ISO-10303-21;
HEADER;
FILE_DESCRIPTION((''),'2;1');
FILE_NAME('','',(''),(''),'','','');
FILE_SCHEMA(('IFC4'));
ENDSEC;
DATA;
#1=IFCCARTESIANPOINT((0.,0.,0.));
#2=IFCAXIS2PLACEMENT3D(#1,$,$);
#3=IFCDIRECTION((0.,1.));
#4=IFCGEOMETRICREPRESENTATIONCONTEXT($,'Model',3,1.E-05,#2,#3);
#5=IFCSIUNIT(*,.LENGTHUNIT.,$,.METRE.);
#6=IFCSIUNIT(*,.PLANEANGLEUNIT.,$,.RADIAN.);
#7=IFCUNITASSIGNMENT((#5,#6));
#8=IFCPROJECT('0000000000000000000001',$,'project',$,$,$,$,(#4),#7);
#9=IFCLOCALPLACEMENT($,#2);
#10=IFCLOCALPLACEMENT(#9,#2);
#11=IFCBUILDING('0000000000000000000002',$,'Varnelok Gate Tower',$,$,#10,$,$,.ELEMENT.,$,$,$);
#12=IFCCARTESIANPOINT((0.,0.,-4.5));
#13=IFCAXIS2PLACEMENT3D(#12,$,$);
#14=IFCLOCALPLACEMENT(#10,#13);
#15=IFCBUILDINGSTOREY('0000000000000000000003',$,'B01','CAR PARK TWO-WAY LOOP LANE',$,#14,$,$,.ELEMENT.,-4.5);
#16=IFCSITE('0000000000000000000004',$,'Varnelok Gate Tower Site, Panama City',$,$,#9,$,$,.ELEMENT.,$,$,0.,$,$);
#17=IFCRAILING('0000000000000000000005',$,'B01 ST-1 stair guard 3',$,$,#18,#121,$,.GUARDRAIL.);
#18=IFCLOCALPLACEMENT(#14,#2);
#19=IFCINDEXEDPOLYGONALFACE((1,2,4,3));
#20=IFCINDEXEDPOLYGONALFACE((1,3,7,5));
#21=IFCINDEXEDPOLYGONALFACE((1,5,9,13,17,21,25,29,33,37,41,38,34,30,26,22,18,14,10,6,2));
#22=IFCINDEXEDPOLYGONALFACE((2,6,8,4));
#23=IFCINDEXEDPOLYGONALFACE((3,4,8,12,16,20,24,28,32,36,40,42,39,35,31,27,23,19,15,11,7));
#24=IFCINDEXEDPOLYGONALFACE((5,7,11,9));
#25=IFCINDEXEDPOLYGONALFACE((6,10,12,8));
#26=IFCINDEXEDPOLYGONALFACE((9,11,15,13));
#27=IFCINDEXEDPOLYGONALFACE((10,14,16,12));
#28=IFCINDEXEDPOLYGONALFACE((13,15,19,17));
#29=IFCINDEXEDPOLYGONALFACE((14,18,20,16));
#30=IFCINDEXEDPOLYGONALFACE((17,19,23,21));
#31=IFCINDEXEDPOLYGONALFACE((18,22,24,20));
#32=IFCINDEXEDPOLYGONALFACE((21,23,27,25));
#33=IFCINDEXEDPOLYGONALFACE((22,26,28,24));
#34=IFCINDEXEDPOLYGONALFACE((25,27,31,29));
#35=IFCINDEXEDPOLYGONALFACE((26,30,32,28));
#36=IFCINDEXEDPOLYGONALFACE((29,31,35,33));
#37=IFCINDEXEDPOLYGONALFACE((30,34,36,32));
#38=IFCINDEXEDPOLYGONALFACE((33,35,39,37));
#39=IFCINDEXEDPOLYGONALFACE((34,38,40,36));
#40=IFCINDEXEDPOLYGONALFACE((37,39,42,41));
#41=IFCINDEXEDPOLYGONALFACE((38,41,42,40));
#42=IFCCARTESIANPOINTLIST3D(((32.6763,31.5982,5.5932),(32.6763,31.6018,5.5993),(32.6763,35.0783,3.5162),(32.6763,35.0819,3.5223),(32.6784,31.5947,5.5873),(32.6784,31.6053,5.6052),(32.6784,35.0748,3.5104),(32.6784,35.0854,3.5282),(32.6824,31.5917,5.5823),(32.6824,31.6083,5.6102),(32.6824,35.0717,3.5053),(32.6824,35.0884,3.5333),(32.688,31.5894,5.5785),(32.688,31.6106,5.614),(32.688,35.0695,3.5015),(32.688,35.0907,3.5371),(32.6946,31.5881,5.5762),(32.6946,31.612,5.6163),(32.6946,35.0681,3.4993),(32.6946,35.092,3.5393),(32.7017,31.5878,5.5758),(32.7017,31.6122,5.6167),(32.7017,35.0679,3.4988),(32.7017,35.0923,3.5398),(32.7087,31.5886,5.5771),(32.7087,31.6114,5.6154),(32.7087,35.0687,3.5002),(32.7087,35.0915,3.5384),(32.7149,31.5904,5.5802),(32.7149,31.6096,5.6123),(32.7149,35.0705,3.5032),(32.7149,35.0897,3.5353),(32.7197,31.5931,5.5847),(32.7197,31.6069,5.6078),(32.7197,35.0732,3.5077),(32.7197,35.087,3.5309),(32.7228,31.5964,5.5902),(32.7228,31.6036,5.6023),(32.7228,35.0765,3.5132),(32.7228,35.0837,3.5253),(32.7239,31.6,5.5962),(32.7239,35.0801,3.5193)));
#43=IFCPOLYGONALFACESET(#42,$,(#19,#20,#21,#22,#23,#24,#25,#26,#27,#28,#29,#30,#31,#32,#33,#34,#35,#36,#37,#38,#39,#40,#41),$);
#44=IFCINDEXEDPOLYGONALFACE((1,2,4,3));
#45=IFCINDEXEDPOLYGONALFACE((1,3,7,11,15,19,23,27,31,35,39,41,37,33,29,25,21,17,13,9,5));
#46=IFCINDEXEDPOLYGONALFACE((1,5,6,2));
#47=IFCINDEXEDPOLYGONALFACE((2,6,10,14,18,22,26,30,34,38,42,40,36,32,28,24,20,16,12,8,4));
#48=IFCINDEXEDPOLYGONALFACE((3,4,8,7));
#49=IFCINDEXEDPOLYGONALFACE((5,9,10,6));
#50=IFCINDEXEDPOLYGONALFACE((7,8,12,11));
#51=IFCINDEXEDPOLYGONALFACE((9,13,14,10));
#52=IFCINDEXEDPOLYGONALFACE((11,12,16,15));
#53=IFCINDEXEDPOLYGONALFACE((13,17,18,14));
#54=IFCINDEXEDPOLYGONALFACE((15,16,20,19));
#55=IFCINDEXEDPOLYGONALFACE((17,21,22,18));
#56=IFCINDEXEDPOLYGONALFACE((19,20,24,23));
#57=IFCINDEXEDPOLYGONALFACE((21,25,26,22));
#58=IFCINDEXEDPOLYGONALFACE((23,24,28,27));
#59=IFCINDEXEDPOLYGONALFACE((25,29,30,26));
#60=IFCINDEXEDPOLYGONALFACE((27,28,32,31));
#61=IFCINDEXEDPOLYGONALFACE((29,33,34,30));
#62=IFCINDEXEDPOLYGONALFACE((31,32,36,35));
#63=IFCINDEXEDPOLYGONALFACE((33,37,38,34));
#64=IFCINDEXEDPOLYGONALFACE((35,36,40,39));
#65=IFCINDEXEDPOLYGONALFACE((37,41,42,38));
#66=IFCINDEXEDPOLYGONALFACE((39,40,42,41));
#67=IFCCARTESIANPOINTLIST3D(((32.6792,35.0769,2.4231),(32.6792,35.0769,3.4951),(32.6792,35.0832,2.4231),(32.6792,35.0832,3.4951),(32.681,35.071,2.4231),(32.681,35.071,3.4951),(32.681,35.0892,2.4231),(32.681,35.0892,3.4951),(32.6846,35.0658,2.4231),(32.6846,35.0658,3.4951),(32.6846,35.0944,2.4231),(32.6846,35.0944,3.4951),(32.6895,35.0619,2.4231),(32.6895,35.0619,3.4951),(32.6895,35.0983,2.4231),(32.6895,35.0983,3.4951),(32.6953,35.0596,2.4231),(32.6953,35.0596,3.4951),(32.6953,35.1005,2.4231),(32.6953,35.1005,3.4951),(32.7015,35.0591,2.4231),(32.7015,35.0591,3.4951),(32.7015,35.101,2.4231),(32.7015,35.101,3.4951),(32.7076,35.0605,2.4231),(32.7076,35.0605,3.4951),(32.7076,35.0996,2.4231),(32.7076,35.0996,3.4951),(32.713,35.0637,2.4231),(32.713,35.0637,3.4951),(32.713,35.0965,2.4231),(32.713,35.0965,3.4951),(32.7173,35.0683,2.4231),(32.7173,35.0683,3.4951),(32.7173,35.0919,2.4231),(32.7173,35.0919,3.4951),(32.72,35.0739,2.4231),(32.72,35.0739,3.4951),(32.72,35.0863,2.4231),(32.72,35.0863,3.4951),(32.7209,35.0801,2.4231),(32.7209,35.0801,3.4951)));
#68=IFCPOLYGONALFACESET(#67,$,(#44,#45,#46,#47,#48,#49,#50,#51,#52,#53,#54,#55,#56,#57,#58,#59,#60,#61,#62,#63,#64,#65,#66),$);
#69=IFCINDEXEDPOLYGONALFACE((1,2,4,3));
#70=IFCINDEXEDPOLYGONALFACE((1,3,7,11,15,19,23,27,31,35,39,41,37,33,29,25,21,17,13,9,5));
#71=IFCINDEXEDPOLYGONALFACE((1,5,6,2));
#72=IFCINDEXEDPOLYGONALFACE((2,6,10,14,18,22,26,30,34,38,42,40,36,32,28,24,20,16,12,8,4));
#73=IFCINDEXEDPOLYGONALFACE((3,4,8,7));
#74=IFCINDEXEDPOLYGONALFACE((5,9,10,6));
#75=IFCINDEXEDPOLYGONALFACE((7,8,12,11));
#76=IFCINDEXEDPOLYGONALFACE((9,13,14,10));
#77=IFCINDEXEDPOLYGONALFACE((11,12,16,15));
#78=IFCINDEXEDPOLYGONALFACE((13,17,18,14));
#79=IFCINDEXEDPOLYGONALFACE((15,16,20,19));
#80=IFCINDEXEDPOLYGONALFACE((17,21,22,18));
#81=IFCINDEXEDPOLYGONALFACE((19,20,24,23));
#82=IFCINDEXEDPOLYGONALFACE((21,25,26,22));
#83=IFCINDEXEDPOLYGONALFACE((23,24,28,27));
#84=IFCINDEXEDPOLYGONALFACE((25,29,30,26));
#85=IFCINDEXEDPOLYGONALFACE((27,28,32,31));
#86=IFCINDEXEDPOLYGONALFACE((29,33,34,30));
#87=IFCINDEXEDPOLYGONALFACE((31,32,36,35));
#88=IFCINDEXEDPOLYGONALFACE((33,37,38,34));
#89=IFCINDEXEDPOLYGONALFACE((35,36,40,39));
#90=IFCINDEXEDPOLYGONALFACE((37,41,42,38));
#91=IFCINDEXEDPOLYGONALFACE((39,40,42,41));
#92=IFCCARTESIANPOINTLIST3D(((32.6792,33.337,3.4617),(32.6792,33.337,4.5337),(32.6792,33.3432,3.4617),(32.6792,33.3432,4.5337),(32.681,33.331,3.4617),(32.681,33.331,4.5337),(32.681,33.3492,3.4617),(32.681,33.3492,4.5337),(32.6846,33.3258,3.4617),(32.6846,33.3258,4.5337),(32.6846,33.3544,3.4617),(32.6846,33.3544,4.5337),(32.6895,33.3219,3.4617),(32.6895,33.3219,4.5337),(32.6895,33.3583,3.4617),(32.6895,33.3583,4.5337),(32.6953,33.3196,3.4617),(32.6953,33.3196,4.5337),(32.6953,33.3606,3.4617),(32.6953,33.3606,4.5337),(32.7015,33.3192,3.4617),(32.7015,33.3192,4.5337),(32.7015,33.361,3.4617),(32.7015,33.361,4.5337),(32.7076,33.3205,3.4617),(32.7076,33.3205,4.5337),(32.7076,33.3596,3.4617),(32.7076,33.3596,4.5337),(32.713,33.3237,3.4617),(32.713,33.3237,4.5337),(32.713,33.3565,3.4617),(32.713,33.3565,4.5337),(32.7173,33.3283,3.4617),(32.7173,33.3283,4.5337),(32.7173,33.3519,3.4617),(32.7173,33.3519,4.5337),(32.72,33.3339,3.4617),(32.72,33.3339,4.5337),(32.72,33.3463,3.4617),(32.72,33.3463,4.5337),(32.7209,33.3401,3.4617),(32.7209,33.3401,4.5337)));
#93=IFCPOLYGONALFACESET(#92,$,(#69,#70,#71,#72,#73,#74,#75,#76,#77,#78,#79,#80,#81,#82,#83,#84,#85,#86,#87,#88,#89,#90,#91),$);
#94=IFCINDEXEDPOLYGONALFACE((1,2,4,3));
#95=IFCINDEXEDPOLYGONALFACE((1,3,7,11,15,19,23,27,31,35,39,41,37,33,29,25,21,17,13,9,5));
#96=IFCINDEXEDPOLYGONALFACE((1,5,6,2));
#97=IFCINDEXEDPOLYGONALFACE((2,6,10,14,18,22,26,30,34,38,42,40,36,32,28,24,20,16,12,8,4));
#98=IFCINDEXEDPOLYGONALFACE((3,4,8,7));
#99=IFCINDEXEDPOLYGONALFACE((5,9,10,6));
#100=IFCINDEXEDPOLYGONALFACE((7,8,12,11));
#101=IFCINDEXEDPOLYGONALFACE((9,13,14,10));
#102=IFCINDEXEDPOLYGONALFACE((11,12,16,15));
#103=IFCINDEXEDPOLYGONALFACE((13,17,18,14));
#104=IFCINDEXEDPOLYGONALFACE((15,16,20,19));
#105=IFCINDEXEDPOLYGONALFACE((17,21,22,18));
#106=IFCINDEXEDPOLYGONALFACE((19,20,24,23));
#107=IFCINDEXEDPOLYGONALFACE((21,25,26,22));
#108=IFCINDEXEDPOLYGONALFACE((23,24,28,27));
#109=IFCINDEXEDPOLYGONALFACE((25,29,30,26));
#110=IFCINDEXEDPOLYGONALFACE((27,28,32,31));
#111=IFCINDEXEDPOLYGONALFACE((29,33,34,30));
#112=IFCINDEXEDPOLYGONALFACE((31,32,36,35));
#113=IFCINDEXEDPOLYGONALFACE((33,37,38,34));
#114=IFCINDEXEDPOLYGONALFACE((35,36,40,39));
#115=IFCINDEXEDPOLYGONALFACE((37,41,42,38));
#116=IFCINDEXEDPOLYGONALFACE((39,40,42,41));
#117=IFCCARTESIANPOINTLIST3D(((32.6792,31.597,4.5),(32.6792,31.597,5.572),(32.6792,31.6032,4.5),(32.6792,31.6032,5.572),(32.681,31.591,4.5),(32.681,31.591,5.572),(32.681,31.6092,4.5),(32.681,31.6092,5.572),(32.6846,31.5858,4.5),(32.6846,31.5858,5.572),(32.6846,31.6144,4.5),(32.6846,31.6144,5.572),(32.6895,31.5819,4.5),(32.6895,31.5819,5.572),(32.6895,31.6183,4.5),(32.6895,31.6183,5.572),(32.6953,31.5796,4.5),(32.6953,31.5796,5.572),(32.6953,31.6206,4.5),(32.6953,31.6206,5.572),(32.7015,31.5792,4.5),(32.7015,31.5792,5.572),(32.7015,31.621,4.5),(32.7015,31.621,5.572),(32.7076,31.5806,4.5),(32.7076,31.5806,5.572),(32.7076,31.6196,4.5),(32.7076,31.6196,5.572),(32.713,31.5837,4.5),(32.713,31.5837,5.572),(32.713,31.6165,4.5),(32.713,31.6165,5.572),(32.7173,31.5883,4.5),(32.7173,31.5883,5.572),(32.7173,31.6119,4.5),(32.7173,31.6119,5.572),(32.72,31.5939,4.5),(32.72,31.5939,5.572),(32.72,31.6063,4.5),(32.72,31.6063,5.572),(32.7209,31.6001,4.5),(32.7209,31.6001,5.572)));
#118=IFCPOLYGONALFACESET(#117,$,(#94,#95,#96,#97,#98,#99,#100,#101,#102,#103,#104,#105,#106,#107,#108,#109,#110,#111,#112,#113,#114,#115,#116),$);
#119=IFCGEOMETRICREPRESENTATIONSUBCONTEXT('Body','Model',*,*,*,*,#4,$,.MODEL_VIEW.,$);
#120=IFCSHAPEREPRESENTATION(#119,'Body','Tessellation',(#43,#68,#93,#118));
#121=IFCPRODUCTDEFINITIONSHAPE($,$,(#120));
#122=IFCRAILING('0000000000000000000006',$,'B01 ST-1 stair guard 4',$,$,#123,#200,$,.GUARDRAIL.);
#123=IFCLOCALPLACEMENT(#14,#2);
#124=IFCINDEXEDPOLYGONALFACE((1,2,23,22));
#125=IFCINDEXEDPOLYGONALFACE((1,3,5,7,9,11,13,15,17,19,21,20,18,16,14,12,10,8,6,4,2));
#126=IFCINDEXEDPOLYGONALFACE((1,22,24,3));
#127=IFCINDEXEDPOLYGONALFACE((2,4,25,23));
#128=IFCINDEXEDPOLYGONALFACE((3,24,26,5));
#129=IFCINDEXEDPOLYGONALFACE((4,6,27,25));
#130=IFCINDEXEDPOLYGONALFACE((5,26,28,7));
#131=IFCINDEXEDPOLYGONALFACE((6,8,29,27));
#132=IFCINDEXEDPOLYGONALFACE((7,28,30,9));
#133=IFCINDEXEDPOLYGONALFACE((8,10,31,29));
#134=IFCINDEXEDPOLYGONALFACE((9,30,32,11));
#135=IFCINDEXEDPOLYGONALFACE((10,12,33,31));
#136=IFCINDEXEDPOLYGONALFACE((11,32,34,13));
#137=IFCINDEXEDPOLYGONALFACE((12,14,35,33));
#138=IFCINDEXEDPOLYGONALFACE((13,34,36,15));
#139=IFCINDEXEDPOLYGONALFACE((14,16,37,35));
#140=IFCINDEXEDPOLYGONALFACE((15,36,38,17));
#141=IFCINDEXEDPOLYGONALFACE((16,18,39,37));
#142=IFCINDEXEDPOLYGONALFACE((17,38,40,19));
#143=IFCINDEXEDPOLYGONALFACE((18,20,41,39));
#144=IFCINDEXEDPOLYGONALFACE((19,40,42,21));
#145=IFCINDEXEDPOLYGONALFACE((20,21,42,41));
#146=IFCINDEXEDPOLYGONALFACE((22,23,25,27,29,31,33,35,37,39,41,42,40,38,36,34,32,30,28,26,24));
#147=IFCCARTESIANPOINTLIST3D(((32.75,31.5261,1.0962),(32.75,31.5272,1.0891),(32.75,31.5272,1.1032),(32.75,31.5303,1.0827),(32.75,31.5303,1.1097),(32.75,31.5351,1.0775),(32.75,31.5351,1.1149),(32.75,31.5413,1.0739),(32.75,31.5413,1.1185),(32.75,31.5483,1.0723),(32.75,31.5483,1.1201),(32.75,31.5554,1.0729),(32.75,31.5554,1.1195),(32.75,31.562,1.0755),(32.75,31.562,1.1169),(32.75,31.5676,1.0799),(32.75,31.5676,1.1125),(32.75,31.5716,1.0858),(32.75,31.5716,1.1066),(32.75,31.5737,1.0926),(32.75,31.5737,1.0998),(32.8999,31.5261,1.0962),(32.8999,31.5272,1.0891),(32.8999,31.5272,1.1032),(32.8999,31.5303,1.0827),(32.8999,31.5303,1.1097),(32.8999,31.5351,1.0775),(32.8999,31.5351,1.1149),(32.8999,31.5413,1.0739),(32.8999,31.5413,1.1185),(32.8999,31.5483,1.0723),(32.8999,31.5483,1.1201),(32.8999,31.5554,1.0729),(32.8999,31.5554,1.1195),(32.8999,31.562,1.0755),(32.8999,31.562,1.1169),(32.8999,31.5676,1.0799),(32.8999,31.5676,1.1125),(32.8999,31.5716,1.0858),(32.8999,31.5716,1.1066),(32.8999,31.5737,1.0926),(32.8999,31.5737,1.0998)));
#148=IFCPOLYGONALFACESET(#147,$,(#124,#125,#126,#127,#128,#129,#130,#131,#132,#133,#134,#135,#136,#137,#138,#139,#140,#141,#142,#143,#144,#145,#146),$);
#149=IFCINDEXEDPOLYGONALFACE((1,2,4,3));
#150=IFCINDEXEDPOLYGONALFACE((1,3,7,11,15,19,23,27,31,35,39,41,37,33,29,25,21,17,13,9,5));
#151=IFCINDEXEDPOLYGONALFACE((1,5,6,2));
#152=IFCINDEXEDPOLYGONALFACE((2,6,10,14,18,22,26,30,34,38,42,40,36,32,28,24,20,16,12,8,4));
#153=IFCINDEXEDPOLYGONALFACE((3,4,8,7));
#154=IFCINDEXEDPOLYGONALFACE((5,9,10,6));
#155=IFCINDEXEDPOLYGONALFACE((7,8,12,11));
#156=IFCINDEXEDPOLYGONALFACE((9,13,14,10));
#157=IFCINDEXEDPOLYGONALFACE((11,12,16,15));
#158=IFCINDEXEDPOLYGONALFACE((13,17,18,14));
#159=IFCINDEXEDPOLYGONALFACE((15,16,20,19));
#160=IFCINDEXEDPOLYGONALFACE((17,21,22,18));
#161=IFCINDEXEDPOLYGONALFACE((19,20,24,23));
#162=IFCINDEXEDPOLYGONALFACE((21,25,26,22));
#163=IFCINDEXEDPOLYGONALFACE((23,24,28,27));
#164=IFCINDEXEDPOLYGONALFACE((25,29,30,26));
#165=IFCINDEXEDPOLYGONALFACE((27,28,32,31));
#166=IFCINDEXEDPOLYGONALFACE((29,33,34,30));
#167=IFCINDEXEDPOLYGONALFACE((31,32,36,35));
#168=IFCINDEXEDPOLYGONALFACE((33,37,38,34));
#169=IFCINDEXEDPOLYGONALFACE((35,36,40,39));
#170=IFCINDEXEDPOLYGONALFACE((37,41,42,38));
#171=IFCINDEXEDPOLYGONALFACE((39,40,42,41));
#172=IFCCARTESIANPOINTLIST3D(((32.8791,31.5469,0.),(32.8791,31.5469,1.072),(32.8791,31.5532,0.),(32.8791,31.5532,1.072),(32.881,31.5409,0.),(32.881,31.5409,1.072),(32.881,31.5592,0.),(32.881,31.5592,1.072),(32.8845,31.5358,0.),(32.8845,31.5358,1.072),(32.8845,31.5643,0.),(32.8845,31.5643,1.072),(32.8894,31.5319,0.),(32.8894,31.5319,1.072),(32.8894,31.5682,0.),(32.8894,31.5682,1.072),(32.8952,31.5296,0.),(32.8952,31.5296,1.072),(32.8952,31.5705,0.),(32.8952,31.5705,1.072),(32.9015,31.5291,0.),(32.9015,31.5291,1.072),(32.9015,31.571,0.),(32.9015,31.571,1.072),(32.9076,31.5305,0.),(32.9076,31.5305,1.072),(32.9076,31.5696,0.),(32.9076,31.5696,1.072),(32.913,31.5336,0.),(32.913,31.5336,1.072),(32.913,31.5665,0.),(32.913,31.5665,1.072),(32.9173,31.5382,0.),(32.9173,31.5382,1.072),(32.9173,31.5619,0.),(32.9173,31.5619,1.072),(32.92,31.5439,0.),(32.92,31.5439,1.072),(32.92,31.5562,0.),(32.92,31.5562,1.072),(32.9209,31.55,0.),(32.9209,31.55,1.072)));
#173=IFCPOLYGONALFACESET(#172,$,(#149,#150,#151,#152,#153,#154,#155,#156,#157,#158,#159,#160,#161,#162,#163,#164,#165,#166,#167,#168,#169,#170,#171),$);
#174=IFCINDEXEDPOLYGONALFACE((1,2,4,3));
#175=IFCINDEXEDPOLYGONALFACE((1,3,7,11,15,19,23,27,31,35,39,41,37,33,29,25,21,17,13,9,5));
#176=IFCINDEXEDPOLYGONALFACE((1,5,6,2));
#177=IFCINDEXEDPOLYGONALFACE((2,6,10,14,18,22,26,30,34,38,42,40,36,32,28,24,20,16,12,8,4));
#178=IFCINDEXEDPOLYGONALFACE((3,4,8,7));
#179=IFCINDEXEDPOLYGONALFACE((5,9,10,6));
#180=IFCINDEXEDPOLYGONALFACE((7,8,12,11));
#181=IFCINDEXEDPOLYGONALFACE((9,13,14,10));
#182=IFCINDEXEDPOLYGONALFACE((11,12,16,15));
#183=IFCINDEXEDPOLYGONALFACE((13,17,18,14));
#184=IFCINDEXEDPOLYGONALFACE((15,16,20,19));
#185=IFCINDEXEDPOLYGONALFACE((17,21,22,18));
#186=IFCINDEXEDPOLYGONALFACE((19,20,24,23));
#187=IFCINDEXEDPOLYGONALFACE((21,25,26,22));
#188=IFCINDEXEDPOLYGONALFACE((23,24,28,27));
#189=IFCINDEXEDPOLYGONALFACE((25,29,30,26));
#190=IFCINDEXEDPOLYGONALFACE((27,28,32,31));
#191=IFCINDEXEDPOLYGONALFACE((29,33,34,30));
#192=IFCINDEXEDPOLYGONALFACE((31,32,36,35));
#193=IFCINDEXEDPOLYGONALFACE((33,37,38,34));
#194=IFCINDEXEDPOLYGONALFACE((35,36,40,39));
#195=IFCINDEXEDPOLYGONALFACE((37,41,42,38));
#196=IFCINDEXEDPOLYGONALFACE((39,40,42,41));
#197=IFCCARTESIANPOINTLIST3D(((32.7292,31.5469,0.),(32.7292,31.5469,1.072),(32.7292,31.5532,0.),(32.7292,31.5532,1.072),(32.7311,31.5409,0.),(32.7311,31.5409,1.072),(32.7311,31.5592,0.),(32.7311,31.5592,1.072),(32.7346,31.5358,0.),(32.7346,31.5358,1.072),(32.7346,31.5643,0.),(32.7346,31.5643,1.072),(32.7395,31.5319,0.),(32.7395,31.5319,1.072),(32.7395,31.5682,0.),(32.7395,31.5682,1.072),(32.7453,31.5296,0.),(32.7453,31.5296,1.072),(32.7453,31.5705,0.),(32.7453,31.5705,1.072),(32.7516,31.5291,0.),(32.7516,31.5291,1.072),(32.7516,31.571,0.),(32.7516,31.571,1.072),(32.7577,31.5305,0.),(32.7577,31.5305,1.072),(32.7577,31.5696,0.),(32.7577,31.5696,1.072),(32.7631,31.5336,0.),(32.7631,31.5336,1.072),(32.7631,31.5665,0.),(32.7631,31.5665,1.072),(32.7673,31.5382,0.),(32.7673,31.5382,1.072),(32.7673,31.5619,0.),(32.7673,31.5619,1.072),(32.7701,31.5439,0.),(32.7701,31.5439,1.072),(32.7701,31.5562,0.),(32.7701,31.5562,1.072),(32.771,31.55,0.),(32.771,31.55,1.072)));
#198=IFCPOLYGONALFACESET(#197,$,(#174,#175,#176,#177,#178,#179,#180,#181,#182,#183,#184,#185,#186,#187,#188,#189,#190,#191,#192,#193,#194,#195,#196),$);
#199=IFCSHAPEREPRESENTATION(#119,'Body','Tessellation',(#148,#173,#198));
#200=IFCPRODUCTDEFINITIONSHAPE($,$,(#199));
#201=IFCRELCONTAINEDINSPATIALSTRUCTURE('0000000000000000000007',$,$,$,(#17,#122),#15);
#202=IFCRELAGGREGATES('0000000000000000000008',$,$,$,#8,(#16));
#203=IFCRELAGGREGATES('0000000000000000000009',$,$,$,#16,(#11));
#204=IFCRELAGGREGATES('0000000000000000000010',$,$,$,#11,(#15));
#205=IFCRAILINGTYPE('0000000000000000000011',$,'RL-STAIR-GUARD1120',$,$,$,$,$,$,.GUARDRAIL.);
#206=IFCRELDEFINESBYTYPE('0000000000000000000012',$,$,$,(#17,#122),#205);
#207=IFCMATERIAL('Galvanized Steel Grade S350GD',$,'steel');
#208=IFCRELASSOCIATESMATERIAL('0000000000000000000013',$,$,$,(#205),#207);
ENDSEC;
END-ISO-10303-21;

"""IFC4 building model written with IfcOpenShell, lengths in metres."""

from ifc_helpers import new_model, si_unit, direction, frame, origin, origin_2d, place, context, subcontext, project, spatial, circle, extrude, material, type_object, element, save


model = new_model("IFC4")

# Units and contexts
model_context = context("Model", 3, precision=1e-05, world=origin(), true_north=direction((0.0, 1.0)))
body_context = subcontext(model_context, "Body", "Model", "MODEL_VIEW")
ifc_project = project(units=[si_unit("LENGTHUNIT", "METRE"), si_unit("PLANEANGLEUNIT", "RADIAN")], contexts=[model_context])

# Site, building, storey
site_placement = place(None, origin())
site = spatial("IfcSite", under=ifc_project, at=site_placement, Name="Varnelok Gate Tower Site, Panama City", CompositionType="ELEMENT", RefElevation=0.0)
building_placement = place(site_placement, origin())
building = spatial("IfcBuilding", under=site, at=building_placement, Name="Varnelok Gate Tower", CompositionType="ELEMENT")
storey_placement = place(building_placement, frame((0.0, 0.0, -4.5)))
storey = spatial("IfcBuildingStorey", under=building, at=storey_placement, Name="B01", Description="CAR PARK TWO-WAY LOOP LANE", CompositionType="ELEMENT", Elevation=-4.5)

# Shared definitions
ifc_material_1 = material(Name="Galvanized Steel Grade S350GD", Category="steel")

# Railings
railing_type_1 = type_object("IfcRailingType", Name="RL-STAIR-GUARD1120", PredefinedType="GUARDRAIL", material=ifc_material_1)
railing_1_placement = place(storey_placement, frame((32.7, 35.0801, 2.4231)))
element("IfcRailing", 1, at=railing_1_placement, inside=storey, type_object=railing_type_1, Name="B01 ST-1 stair guard 3", PredefinedType="GUARDRAIL", context=body_context, shape_type="SweptSolid", body=[
    extrude(circle(Radius=0.0239, at=origin_2d()), frame((0.0, 0.0, 1.0962), z_axis=(0.0, -0.858697, 0.512483), x_axis=(1.0, 0.0, 0.0)), (0.0, 0.0, 1.0), 4.0527),
    extrude(circle(Radius=0.021, at=origin_2d()), origin(), (0.0, 0.0, 1.0), 1.072),
    extrude(circle(Radius=0.021, at=origin_2d()), frame((0.0, -1.74, 1.0386)), (0.0, 0.0, 1.0), 1.072),
    extrude(circle(Radius=0.021, at=origin_2d()), frame((0.0, -3.48, 2.0769)), (0.0, 0.0, 1.0), 1.072),
])
railing_2_placement = place(storey_placement, frame((32.8999, 31.55, 0.0)))
element("IfcRailing", 2, at=railing_2_placement, inside=storey, type_object=railing_type_1, Name="B01 ST-1 stair guard 4", PredefinedType="GUARDRAIL", context=body_context, shape_type="SweptSolid", body=[
    extrude(circle(Radius=0.0239, at=origin_2d()), frame((0.0, 0.0, 1.0962), z_axis=(-1.0, 0.0, 0.0), x_axis=(0.0, -1.0, 0.0)), (0.0, 0.0, 1.0), 0.1499),
    extrude(circle(Radius=0.021, at=origin_2d()), origin(), (0.0, 0.0, 1.0), 1.072),
    extrude(circle(Radius=0.021, at=origin_2d()), frame((-0.1499, 0.0, 0.0)), (0.0, 0.0, 1.0), 1.072),
])

save(model, "model.ifc")
